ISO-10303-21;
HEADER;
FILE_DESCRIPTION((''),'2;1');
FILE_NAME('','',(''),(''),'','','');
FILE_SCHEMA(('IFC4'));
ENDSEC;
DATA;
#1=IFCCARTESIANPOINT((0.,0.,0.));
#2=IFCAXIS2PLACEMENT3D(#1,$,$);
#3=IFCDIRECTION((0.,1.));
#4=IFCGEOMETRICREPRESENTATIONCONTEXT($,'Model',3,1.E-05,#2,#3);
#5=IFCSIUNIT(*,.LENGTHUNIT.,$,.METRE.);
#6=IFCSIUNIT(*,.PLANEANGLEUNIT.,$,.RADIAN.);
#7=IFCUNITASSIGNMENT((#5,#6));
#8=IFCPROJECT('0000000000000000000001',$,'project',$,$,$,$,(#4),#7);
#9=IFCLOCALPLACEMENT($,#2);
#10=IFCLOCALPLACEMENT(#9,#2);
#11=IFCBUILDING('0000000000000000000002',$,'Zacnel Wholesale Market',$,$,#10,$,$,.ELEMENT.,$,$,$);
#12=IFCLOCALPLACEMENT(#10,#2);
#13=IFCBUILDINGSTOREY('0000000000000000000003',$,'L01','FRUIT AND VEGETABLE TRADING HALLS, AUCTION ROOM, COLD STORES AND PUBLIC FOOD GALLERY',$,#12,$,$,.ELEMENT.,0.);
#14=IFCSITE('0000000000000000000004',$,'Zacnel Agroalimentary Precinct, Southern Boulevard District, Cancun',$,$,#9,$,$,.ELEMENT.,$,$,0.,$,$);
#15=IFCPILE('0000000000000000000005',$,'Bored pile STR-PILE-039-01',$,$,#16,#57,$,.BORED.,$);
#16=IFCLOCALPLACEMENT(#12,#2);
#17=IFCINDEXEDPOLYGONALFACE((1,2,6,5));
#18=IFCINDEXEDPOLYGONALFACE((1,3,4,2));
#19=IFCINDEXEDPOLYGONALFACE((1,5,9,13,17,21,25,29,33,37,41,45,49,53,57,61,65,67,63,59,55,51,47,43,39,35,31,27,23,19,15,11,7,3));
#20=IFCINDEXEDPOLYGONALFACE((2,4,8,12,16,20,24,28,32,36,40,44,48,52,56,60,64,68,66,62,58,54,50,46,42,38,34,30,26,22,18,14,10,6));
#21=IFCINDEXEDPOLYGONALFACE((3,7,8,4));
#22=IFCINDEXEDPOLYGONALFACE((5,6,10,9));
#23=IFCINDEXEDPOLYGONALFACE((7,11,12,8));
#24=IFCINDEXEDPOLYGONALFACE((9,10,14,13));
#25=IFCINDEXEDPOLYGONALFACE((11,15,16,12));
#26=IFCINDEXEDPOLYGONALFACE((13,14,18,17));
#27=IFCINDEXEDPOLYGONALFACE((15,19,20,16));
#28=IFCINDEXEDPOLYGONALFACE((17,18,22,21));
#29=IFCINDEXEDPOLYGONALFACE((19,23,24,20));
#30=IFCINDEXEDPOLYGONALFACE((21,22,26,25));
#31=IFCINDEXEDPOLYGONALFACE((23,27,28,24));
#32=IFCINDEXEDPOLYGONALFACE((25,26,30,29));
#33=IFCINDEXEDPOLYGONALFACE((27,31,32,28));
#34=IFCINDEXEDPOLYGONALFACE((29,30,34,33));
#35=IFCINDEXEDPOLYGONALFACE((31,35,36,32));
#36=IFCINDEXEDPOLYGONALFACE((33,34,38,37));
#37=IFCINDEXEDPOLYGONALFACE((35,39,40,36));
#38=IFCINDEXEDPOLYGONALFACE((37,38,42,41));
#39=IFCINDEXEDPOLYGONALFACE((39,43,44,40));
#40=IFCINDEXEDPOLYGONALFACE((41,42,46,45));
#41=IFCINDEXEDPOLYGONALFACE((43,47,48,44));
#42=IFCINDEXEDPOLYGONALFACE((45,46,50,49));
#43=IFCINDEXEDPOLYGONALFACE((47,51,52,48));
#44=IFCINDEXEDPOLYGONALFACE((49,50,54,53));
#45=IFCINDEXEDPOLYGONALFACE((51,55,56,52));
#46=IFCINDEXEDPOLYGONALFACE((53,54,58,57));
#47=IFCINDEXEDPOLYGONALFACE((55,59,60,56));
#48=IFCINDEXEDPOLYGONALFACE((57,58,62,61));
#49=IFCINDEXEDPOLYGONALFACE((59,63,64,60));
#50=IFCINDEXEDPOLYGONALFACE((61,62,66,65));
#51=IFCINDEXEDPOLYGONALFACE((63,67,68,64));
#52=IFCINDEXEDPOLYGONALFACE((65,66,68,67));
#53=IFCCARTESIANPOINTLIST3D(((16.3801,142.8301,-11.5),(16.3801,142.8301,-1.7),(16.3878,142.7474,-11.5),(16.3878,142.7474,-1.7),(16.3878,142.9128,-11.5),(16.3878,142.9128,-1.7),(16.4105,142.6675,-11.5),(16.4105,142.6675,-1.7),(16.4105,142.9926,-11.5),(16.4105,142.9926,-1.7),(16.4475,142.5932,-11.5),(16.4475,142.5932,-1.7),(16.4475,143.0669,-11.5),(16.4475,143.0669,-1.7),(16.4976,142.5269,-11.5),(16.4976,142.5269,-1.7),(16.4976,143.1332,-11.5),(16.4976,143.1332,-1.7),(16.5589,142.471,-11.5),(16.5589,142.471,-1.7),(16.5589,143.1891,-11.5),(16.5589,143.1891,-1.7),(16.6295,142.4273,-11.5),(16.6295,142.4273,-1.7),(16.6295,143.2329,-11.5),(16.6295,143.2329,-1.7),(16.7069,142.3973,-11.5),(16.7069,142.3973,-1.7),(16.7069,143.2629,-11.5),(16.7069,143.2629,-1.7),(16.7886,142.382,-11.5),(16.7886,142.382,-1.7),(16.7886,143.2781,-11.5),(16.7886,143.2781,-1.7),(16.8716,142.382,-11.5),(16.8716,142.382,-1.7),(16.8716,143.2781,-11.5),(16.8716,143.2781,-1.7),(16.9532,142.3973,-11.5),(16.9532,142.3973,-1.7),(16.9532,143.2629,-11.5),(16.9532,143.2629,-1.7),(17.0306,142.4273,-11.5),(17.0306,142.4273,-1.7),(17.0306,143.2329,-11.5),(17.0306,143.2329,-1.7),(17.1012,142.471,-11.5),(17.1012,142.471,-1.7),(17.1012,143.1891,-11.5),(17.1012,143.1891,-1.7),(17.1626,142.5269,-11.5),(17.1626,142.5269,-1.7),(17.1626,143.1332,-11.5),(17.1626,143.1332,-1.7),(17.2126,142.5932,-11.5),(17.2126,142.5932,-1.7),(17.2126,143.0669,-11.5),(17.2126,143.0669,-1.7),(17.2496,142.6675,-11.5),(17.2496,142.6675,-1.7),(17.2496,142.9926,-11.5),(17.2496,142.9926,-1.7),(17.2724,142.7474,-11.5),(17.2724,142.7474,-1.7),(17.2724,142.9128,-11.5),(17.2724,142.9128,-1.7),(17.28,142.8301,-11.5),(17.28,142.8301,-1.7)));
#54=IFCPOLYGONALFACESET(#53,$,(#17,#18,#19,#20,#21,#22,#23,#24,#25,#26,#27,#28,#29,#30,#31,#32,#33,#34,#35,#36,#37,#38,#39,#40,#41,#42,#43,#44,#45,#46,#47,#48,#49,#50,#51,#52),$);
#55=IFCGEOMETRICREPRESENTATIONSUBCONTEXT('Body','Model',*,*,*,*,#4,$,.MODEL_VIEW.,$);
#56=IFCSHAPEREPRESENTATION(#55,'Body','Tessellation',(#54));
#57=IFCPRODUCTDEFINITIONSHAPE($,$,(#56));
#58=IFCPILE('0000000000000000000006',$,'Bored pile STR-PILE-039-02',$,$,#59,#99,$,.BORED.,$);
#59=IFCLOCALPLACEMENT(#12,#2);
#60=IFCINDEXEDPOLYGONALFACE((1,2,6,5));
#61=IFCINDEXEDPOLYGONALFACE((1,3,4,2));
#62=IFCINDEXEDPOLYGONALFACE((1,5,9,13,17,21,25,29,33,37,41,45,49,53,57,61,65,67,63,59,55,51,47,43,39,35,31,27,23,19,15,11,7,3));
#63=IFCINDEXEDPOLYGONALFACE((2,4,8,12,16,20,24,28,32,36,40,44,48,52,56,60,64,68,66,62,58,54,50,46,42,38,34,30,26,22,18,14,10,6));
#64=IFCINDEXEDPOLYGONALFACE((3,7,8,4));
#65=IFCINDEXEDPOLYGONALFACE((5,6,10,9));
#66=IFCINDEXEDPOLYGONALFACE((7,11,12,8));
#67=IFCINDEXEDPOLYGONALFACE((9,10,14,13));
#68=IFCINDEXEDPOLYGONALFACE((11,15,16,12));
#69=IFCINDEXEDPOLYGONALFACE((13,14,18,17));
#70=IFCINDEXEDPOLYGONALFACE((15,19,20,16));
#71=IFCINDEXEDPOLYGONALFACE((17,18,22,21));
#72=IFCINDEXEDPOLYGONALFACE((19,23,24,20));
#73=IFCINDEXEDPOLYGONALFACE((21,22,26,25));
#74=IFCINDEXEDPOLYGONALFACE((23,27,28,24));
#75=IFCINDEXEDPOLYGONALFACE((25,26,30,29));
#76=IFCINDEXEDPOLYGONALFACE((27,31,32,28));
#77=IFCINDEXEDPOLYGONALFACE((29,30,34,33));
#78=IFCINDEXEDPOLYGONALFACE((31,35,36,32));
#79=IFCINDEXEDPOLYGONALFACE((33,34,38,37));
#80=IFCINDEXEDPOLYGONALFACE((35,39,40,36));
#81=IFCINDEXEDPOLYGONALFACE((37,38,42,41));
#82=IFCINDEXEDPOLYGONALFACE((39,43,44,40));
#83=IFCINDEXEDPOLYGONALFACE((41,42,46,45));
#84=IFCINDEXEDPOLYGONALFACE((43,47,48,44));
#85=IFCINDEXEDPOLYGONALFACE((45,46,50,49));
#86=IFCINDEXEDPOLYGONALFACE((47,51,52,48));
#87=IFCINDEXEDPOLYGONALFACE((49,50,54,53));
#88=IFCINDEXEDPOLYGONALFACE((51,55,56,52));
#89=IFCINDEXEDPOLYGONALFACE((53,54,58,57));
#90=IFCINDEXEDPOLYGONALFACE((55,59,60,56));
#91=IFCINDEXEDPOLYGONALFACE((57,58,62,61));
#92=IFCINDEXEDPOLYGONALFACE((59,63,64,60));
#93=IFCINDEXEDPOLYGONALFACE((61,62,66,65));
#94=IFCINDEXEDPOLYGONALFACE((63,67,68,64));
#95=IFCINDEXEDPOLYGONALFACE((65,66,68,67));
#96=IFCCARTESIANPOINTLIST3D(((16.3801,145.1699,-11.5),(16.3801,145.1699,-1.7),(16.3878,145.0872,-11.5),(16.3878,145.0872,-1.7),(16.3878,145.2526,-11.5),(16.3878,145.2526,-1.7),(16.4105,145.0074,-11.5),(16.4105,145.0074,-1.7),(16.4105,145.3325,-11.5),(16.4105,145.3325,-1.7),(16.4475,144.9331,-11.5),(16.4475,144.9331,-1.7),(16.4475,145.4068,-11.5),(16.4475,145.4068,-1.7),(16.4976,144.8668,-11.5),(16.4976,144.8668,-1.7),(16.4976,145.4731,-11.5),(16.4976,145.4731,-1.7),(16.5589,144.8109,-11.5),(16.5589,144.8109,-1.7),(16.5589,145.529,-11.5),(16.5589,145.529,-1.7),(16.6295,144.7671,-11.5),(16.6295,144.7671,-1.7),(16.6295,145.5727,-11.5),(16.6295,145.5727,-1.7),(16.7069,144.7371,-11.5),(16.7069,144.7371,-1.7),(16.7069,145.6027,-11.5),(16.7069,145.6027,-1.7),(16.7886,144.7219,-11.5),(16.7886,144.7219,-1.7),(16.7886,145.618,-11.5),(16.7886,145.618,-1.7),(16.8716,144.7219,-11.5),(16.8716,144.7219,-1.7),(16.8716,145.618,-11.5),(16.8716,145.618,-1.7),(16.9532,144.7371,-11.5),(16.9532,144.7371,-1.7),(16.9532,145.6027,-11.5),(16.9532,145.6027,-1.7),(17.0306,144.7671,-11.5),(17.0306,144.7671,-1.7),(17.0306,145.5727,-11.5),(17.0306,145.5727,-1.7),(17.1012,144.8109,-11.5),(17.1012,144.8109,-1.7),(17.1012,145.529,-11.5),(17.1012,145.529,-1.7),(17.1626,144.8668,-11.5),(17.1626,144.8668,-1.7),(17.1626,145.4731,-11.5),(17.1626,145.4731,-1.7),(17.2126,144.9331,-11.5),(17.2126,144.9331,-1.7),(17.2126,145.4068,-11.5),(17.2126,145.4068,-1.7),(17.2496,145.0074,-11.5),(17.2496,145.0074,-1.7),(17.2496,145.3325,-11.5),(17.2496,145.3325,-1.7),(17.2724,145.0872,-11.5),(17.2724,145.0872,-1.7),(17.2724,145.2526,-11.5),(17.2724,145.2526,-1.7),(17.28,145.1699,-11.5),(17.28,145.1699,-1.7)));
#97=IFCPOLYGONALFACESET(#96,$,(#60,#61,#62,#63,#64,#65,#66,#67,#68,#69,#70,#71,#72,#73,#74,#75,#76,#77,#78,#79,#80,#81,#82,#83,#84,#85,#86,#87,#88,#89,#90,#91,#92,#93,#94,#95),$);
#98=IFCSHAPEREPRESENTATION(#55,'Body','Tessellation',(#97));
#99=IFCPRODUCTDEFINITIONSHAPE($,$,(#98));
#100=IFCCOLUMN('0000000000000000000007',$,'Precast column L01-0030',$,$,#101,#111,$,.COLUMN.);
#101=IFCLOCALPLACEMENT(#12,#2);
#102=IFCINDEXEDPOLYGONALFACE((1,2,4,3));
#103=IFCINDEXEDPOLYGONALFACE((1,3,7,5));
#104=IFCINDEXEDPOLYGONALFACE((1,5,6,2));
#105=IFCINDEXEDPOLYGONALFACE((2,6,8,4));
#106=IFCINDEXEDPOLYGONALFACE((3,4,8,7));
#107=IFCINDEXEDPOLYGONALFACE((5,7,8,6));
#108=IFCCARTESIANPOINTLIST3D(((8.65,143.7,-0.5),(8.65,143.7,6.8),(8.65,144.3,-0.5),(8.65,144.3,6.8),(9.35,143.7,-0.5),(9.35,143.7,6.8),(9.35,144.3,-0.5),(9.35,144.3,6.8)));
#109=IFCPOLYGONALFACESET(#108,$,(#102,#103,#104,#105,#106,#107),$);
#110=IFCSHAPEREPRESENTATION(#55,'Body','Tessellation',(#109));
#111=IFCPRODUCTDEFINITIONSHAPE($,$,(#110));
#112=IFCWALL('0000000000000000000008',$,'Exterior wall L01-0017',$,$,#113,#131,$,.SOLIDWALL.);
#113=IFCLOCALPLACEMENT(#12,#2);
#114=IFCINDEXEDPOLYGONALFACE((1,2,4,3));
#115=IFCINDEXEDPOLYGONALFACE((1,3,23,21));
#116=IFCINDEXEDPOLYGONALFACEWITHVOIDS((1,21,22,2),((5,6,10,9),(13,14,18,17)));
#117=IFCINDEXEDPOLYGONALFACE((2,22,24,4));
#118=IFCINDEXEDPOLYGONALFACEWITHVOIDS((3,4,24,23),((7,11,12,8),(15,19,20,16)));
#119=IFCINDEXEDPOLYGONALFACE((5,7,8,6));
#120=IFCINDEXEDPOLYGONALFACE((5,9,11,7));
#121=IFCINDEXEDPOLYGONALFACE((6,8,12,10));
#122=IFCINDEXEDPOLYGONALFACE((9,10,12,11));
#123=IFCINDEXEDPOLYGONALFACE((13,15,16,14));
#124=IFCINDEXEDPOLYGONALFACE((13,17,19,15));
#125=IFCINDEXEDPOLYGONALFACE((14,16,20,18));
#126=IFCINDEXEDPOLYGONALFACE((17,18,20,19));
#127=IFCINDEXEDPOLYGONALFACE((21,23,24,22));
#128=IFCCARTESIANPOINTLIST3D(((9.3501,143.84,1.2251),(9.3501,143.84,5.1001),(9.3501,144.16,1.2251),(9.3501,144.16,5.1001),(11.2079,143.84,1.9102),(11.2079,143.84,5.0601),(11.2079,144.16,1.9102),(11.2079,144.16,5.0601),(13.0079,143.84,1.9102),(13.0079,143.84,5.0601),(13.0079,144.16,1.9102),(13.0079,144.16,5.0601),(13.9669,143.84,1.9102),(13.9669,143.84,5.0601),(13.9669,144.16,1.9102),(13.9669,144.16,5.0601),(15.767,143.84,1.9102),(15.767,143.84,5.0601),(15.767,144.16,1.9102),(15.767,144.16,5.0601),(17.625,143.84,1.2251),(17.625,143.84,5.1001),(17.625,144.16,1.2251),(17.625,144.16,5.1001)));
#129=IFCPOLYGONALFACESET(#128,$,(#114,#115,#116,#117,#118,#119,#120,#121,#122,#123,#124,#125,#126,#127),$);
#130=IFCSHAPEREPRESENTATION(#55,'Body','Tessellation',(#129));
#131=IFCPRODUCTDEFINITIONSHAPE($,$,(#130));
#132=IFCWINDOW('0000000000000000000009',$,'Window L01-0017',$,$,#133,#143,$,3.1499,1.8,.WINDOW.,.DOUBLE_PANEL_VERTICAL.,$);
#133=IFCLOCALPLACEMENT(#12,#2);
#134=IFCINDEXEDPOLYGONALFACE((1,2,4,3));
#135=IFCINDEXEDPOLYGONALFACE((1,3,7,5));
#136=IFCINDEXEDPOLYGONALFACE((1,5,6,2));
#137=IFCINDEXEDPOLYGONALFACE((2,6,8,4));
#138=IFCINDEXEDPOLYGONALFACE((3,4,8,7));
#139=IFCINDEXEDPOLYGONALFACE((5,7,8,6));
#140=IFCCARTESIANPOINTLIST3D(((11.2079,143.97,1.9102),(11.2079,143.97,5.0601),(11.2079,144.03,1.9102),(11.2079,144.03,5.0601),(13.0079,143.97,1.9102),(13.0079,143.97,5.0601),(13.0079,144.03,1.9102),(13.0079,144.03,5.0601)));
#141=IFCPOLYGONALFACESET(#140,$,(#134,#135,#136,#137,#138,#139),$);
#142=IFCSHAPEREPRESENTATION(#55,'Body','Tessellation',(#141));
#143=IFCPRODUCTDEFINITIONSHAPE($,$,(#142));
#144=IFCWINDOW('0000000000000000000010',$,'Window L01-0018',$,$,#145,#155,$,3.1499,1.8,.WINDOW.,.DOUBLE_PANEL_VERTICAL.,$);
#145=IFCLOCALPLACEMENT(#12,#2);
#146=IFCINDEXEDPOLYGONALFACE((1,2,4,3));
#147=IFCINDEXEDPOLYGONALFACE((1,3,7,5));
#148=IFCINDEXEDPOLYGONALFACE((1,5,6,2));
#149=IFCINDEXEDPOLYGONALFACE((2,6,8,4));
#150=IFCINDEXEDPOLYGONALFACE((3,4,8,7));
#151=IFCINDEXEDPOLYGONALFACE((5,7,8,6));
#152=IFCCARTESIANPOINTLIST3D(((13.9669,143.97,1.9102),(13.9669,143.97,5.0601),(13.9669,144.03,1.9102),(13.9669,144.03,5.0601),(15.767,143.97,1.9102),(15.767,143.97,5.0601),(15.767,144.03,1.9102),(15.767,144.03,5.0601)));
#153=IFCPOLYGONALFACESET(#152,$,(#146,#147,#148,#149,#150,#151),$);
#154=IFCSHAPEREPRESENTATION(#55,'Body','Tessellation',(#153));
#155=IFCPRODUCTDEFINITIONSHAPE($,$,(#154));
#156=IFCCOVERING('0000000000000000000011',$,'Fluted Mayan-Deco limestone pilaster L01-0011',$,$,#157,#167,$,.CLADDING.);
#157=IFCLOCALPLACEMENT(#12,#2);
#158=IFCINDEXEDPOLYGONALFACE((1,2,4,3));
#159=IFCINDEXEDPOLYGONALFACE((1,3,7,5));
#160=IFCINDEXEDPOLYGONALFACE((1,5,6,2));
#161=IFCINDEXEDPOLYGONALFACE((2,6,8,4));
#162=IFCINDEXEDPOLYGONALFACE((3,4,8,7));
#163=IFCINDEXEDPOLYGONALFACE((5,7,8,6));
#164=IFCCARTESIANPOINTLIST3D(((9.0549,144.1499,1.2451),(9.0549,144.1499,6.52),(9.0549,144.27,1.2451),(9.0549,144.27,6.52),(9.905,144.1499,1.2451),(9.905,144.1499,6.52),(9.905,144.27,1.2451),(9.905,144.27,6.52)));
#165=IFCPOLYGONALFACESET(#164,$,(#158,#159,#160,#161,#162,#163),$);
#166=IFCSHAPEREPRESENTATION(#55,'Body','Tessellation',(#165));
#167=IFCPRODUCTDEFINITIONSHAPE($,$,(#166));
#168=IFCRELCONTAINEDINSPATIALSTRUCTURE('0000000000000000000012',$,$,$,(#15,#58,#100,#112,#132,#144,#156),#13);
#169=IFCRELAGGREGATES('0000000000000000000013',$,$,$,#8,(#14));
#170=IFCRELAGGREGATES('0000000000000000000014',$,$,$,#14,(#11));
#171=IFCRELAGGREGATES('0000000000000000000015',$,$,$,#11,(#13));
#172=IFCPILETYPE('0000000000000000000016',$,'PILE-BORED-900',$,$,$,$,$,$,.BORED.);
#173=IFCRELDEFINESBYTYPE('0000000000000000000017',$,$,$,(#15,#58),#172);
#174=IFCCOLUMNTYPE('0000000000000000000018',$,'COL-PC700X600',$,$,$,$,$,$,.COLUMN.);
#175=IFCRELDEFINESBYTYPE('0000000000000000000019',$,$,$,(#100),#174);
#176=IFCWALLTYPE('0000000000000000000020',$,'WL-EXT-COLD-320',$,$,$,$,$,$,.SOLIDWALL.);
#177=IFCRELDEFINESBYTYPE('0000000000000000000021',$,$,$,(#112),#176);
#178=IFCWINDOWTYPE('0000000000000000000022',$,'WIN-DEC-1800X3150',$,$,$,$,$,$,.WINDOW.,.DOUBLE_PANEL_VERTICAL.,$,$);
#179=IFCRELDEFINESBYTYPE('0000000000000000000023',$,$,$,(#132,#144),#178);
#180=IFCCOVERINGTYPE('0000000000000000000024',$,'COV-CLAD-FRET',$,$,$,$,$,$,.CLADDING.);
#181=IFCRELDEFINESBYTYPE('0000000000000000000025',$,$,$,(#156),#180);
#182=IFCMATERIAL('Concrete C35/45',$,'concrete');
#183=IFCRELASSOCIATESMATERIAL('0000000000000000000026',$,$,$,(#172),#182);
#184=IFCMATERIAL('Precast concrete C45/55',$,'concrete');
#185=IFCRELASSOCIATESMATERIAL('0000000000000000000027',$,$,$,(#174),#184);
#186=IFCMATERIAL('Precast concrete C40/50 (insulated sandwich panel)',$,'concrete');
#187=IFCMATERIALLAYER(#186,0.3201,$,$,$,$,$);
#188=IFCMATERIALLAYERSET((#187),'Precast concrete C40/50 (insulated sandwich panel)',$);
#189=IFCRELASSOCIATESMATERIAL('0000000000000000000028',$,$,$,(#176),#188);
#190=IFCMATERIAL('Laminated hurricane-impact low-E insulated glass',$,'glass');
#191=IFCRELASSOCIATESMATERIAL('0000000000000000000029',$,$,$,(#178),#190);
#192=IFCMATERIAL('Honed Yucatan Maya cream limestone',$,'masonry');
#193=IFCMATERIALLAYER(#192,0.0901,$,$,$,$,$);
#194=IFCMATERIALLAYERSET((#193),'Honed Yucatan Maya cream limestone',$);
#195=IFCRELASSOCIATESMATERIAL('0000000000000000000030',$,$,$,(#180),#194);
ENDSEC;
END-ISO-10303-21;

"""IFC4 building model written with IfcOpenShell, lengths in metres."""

from ifc_helpers import new_model, si_unit, direction, frame, frame_2d, origin, origin_2d, place, context, subcontext, project, spatial, rectangle, circle, extrude, material, layer, layer_set, material_profile, profile_set, type_object, element, fill, save


model = new_model("IFC4")

# Units and contexts
model_context = context("Model", 3, precision=1e-05, world=origin(), true_north=direction((0.0, 1.0)))
body_context = subcontext(model_context, "Body", "Model", "MODEL_VIEW")
ifc_project = project(units=[si_unit("LENGTHUNIT", "METRE"), si_unit("PLANEANGLEUNIT", "RADIAN")], contexts=[model_context])

# Site, building, storey
site_placement = place(None, origin())
site = spatial("IfcSite", under=ifc_project, at=site_placement, Name="Zacnel Agroalimentary Precinct, Southern Boulevard District, Cancun", CompositionType="ELEMENT", RefElevation=0.0)
building_placement = place(site_placement, origin())
building = spatial("IfcBuilding", under=site, at=building_placement, Name="Zacnel Wholesale Market", CompositionType="ELEMENT")
storey_placement = place(building_placement, origin())
storey = spatial("IfcBuildingStorey", under=building, at=storey_placement, Name="L01", Description="FRUIT AND VEGETABLE TRADING HALLS, AUCTION ROOM, COLD STORES AND PUBLIC FOOD GALLERY", CompositionType="ELEMENT", Elevation=0.0)

# Piles
ifc_material_1 = material(Name="Concrete C35/45", Category="concrete")
ifc_material_profile_1 = material_profile(ifc_material_1, circle(Radius=0.45, at=origin_2d()), Name="BORED PILE D900")
ifc_profile_set_1 = profile_set([ifc_material_profile_1], Name="Concrete C35/45")
pile_type = type_object("IfcPileType", Name="PILE-BORED-900", PredefinedType="BORED", material=ifc_profile_set_1)
for number, where, z_axis, x_axis, name in (
    (1, (16.8301, 142.8301, -1.7), (0.0, 0.0, -1.0), (1.0, 0.0, 0.0), "Bored pile STR-PILE-039-01"),
    (2, (16.8301, 145.1699, -1.7), (0.0, 0.0, -1.0), (1.0, 0.0, 0.0), "Bored pile STR-PILE-039-02"),
):
    element("IfcPile", number, at=place(storey_placement, frame(where, z_axis=z_axis, x_axis=x_axis)), inside=storey, type_object=pile_type, Name=name, PredefinedType="BORED", context=body_context, shape_type="SweptSolid", body=[
        extrude(circle(Radius=0.45, at=origin_2d()), origin(), (0.0, 0.0, 1.0), 9.8),
    ])

# Column
ifc_material_2 = material(Name="Precast concrete C45/55", Category="concrete")
ifc_material_profile_2 = material_profile(ifc_material_2, rectangle(XDim=0.7, YDim=0.6001, at=origin_2d()), Name="PC 700x600")
ifc_profile_set_2 = profile_set([ifc_material_profile_2], Name="Precast concrete C45/55")
column_type = type_object("IfcColumnType", Name="COL-PC700X600", PredefinedType="COLUMN", material=ifc_profile_set_2)
column_placement = place(storey_placement, frame((9.0, 144.0, -0.5), z_axis=(0.0, 0.0, 1.0), x_axis=(1.0, 0.0, 0.0)))
element("IfcColumn", 3, at=column_placement, inside=storey, type_object=column_type, Name="Precast column L01-0030", PredefinedType="COLUMN", context=body_context, shape_type="SweptSolid", body=[
    extrude(rectangle(XDim=0.7, YDim=0.6001, at=origin_2d()), origin(), (0.0, 0.0, 1.0), 7.3),
])

# Wall, openings, windows
ifc_material_3 = material(Name="Precast concrete C40/50 (insulated sandwich panel)", Category="concrete")
ifc_layer_1 = layer(ifc_material_3, 0.3201)
ifc_layer_set_1 = layer_set([ifc_layer_1], Name="Precast concrete C40/50 (insulated sandwich panel)")
wall_type = type_object("IfcWallType", Name="WL-EXT-COLD-320", PredefinedType="SOLIDWALL", material=ifc_layer_set_1)
wall_placement = place(storey_placement, frame((9.3501, 144.0, 1.2251), z_axis=(0.0, 0.0, 1.0), x_axis=(1.0, 0.0, 0.0)))
wall = element("IfcWall", 4, at=wall_placement, inside=storey, type_object=wall_type, Name="Exterior wall L01-0017", PredefinedType="SOLIDWALL", context=body_context, shape_type="SweptSolid", body=[
    extrude(rectangle(XDim=8.2749, YDim=0.3201, at=frame_2d((4.1375, 0.0))), origin(), (0.0, 0.0, 1.0), 3.875),
])
opening_1_placement = place(wall_placement, frame((1.8579, 0.0, 0.6851)))
opening_1 = element("IfcOpeningElement", 5, at=opening_1_placement, cuts=wall, PredefinedType="OPENING", context=body_context, shape_type="SweptSolid", body=[
    extrude(rectangle(XDim=1.8, YDim=3.1499, at=frame_2d((0.8999, 1.575))), frame((0.0, 0.1699, 0.0), z_axis=(0.0, -1.0, 0.0), x_axis=(1.0, 0.0, 0.0)), (0.0, 0.0, 1.0), 0.3401),
])
opening_2_placement = place(wall_placement, frame((4.6169, 0.0, 0.6851)))
opening_2 = element("IfcOpeningElement", 6, at=opening_2_placement, cuts=wall, PredefinedType="OPENING", context=body_context, shape_type="SweptSolid", body=[
    extrude(rectangle(XDim=1.8, YDim=3.1499, at=frame_2d((0.8999, 1.575))), frame((0.0, 0.1699, 0.0), z_axis=(0.0, -1.0, 0.0), x_axis=(1.0, 0.0, 0.0)), (0.0, 0.0, 1.0), 0.3401),
])
ifc_material_4 = material(Name="Laminated hurricane-impact low-E insulated glass", Category="glass")
window_type = type_object("IfcWindowType", Name="WIN-DEC-1800X3150", PartitioningType="DOUBLE_PANEL_VERTICAL", PredefinedType="WINDOW", material=ifc_material_4)
window_1_placement = place(opening_1_placement, origin())
window_1 = element("IfcWindow", 7, at=window_1_placement, inside=storey, type_object=window_type, Name="Window L01-0017", OverallHeight=3.1499, OverallWidth=1.8, PartitioningType="DOUBLE_PANEL_VERTICAL", PredefinedType="WINDOW", context=body_context, shape_type="SweptSolid", body=[
    extrude(rectangle(XDim=1.8, YDim=3.1499, at=frame_2d((0.8999, 1.575))), frame((0.0, 0.03, 0.0), z_axis=(0.0, -1.0, 0.0), x_axis=(1.0, 0.0, 0.0)), (0.0, 0.0, 1.0), 0.0601),
])
fill(opening_1, window_1)
window_2_placement = place(opening_2_placement, origin())
window_2 = element("IfcWindow", 8, at=window_2_placement, inside=storey, type_object=window_type, Name="Window L01-0018", OverallHeight=3.1499, OverallWidth=1.8, PartitioningType="DOUBLE_PANEL_VERTICAL", PredefinedType="WINDOW", context=body_context, shape_type="SweptSolid", body=[
    extrude(rectangle(XDim=1.8, YDim=3.1499, at=frame_2d((0.8999, 1.575))), frame((0.0, 0.03, 0.0), z_axis=(0.0, -1.0, 0.0), x_axis=(1.0, 0.0, 0.0)), (0.0, 0.0, 1.0), 0.0601),
])
fill(opening_2, window_2)

# Covering
ifc_material_5 = material(Name="Honed Yucatan Maya cream limestone", Category="masonry")
ifc_layer_2 = layer(ifc_material_5, 0.0901)
ifc_layer_set_2 = layer_set([ifc_layer_2], Name="Honed Yucatan Maya cream limestone")
covering_type = type_object("IfcCoveringType", Name="COV-CLAD-FRET", PredefinedType="CLADDING", material=ifc_layer_set_2)
covering_placement = place(storey_placement, frame((9.48, 144.21, 1.2451), z_axis=(0.0, 0.0, 1.0), x_axis=(1.0, 0.0, 0.0)))
element("IfcCovering", 9, at=covering_placement, inside=storey, type_object=covering_type, Name="Fluted Mayan-Deco limestone pilaster L01-0011", PredefinedType="CLADDING", context=body_context, shape_type="SweptSolid", body=[
    extrude(rectangle(XDim=0.8501, YDim=0.1201, at=origin_2d()), origin(), (0.0, 0.0, 1.0), 5.2749),
])

save(model, "model.ifc")
